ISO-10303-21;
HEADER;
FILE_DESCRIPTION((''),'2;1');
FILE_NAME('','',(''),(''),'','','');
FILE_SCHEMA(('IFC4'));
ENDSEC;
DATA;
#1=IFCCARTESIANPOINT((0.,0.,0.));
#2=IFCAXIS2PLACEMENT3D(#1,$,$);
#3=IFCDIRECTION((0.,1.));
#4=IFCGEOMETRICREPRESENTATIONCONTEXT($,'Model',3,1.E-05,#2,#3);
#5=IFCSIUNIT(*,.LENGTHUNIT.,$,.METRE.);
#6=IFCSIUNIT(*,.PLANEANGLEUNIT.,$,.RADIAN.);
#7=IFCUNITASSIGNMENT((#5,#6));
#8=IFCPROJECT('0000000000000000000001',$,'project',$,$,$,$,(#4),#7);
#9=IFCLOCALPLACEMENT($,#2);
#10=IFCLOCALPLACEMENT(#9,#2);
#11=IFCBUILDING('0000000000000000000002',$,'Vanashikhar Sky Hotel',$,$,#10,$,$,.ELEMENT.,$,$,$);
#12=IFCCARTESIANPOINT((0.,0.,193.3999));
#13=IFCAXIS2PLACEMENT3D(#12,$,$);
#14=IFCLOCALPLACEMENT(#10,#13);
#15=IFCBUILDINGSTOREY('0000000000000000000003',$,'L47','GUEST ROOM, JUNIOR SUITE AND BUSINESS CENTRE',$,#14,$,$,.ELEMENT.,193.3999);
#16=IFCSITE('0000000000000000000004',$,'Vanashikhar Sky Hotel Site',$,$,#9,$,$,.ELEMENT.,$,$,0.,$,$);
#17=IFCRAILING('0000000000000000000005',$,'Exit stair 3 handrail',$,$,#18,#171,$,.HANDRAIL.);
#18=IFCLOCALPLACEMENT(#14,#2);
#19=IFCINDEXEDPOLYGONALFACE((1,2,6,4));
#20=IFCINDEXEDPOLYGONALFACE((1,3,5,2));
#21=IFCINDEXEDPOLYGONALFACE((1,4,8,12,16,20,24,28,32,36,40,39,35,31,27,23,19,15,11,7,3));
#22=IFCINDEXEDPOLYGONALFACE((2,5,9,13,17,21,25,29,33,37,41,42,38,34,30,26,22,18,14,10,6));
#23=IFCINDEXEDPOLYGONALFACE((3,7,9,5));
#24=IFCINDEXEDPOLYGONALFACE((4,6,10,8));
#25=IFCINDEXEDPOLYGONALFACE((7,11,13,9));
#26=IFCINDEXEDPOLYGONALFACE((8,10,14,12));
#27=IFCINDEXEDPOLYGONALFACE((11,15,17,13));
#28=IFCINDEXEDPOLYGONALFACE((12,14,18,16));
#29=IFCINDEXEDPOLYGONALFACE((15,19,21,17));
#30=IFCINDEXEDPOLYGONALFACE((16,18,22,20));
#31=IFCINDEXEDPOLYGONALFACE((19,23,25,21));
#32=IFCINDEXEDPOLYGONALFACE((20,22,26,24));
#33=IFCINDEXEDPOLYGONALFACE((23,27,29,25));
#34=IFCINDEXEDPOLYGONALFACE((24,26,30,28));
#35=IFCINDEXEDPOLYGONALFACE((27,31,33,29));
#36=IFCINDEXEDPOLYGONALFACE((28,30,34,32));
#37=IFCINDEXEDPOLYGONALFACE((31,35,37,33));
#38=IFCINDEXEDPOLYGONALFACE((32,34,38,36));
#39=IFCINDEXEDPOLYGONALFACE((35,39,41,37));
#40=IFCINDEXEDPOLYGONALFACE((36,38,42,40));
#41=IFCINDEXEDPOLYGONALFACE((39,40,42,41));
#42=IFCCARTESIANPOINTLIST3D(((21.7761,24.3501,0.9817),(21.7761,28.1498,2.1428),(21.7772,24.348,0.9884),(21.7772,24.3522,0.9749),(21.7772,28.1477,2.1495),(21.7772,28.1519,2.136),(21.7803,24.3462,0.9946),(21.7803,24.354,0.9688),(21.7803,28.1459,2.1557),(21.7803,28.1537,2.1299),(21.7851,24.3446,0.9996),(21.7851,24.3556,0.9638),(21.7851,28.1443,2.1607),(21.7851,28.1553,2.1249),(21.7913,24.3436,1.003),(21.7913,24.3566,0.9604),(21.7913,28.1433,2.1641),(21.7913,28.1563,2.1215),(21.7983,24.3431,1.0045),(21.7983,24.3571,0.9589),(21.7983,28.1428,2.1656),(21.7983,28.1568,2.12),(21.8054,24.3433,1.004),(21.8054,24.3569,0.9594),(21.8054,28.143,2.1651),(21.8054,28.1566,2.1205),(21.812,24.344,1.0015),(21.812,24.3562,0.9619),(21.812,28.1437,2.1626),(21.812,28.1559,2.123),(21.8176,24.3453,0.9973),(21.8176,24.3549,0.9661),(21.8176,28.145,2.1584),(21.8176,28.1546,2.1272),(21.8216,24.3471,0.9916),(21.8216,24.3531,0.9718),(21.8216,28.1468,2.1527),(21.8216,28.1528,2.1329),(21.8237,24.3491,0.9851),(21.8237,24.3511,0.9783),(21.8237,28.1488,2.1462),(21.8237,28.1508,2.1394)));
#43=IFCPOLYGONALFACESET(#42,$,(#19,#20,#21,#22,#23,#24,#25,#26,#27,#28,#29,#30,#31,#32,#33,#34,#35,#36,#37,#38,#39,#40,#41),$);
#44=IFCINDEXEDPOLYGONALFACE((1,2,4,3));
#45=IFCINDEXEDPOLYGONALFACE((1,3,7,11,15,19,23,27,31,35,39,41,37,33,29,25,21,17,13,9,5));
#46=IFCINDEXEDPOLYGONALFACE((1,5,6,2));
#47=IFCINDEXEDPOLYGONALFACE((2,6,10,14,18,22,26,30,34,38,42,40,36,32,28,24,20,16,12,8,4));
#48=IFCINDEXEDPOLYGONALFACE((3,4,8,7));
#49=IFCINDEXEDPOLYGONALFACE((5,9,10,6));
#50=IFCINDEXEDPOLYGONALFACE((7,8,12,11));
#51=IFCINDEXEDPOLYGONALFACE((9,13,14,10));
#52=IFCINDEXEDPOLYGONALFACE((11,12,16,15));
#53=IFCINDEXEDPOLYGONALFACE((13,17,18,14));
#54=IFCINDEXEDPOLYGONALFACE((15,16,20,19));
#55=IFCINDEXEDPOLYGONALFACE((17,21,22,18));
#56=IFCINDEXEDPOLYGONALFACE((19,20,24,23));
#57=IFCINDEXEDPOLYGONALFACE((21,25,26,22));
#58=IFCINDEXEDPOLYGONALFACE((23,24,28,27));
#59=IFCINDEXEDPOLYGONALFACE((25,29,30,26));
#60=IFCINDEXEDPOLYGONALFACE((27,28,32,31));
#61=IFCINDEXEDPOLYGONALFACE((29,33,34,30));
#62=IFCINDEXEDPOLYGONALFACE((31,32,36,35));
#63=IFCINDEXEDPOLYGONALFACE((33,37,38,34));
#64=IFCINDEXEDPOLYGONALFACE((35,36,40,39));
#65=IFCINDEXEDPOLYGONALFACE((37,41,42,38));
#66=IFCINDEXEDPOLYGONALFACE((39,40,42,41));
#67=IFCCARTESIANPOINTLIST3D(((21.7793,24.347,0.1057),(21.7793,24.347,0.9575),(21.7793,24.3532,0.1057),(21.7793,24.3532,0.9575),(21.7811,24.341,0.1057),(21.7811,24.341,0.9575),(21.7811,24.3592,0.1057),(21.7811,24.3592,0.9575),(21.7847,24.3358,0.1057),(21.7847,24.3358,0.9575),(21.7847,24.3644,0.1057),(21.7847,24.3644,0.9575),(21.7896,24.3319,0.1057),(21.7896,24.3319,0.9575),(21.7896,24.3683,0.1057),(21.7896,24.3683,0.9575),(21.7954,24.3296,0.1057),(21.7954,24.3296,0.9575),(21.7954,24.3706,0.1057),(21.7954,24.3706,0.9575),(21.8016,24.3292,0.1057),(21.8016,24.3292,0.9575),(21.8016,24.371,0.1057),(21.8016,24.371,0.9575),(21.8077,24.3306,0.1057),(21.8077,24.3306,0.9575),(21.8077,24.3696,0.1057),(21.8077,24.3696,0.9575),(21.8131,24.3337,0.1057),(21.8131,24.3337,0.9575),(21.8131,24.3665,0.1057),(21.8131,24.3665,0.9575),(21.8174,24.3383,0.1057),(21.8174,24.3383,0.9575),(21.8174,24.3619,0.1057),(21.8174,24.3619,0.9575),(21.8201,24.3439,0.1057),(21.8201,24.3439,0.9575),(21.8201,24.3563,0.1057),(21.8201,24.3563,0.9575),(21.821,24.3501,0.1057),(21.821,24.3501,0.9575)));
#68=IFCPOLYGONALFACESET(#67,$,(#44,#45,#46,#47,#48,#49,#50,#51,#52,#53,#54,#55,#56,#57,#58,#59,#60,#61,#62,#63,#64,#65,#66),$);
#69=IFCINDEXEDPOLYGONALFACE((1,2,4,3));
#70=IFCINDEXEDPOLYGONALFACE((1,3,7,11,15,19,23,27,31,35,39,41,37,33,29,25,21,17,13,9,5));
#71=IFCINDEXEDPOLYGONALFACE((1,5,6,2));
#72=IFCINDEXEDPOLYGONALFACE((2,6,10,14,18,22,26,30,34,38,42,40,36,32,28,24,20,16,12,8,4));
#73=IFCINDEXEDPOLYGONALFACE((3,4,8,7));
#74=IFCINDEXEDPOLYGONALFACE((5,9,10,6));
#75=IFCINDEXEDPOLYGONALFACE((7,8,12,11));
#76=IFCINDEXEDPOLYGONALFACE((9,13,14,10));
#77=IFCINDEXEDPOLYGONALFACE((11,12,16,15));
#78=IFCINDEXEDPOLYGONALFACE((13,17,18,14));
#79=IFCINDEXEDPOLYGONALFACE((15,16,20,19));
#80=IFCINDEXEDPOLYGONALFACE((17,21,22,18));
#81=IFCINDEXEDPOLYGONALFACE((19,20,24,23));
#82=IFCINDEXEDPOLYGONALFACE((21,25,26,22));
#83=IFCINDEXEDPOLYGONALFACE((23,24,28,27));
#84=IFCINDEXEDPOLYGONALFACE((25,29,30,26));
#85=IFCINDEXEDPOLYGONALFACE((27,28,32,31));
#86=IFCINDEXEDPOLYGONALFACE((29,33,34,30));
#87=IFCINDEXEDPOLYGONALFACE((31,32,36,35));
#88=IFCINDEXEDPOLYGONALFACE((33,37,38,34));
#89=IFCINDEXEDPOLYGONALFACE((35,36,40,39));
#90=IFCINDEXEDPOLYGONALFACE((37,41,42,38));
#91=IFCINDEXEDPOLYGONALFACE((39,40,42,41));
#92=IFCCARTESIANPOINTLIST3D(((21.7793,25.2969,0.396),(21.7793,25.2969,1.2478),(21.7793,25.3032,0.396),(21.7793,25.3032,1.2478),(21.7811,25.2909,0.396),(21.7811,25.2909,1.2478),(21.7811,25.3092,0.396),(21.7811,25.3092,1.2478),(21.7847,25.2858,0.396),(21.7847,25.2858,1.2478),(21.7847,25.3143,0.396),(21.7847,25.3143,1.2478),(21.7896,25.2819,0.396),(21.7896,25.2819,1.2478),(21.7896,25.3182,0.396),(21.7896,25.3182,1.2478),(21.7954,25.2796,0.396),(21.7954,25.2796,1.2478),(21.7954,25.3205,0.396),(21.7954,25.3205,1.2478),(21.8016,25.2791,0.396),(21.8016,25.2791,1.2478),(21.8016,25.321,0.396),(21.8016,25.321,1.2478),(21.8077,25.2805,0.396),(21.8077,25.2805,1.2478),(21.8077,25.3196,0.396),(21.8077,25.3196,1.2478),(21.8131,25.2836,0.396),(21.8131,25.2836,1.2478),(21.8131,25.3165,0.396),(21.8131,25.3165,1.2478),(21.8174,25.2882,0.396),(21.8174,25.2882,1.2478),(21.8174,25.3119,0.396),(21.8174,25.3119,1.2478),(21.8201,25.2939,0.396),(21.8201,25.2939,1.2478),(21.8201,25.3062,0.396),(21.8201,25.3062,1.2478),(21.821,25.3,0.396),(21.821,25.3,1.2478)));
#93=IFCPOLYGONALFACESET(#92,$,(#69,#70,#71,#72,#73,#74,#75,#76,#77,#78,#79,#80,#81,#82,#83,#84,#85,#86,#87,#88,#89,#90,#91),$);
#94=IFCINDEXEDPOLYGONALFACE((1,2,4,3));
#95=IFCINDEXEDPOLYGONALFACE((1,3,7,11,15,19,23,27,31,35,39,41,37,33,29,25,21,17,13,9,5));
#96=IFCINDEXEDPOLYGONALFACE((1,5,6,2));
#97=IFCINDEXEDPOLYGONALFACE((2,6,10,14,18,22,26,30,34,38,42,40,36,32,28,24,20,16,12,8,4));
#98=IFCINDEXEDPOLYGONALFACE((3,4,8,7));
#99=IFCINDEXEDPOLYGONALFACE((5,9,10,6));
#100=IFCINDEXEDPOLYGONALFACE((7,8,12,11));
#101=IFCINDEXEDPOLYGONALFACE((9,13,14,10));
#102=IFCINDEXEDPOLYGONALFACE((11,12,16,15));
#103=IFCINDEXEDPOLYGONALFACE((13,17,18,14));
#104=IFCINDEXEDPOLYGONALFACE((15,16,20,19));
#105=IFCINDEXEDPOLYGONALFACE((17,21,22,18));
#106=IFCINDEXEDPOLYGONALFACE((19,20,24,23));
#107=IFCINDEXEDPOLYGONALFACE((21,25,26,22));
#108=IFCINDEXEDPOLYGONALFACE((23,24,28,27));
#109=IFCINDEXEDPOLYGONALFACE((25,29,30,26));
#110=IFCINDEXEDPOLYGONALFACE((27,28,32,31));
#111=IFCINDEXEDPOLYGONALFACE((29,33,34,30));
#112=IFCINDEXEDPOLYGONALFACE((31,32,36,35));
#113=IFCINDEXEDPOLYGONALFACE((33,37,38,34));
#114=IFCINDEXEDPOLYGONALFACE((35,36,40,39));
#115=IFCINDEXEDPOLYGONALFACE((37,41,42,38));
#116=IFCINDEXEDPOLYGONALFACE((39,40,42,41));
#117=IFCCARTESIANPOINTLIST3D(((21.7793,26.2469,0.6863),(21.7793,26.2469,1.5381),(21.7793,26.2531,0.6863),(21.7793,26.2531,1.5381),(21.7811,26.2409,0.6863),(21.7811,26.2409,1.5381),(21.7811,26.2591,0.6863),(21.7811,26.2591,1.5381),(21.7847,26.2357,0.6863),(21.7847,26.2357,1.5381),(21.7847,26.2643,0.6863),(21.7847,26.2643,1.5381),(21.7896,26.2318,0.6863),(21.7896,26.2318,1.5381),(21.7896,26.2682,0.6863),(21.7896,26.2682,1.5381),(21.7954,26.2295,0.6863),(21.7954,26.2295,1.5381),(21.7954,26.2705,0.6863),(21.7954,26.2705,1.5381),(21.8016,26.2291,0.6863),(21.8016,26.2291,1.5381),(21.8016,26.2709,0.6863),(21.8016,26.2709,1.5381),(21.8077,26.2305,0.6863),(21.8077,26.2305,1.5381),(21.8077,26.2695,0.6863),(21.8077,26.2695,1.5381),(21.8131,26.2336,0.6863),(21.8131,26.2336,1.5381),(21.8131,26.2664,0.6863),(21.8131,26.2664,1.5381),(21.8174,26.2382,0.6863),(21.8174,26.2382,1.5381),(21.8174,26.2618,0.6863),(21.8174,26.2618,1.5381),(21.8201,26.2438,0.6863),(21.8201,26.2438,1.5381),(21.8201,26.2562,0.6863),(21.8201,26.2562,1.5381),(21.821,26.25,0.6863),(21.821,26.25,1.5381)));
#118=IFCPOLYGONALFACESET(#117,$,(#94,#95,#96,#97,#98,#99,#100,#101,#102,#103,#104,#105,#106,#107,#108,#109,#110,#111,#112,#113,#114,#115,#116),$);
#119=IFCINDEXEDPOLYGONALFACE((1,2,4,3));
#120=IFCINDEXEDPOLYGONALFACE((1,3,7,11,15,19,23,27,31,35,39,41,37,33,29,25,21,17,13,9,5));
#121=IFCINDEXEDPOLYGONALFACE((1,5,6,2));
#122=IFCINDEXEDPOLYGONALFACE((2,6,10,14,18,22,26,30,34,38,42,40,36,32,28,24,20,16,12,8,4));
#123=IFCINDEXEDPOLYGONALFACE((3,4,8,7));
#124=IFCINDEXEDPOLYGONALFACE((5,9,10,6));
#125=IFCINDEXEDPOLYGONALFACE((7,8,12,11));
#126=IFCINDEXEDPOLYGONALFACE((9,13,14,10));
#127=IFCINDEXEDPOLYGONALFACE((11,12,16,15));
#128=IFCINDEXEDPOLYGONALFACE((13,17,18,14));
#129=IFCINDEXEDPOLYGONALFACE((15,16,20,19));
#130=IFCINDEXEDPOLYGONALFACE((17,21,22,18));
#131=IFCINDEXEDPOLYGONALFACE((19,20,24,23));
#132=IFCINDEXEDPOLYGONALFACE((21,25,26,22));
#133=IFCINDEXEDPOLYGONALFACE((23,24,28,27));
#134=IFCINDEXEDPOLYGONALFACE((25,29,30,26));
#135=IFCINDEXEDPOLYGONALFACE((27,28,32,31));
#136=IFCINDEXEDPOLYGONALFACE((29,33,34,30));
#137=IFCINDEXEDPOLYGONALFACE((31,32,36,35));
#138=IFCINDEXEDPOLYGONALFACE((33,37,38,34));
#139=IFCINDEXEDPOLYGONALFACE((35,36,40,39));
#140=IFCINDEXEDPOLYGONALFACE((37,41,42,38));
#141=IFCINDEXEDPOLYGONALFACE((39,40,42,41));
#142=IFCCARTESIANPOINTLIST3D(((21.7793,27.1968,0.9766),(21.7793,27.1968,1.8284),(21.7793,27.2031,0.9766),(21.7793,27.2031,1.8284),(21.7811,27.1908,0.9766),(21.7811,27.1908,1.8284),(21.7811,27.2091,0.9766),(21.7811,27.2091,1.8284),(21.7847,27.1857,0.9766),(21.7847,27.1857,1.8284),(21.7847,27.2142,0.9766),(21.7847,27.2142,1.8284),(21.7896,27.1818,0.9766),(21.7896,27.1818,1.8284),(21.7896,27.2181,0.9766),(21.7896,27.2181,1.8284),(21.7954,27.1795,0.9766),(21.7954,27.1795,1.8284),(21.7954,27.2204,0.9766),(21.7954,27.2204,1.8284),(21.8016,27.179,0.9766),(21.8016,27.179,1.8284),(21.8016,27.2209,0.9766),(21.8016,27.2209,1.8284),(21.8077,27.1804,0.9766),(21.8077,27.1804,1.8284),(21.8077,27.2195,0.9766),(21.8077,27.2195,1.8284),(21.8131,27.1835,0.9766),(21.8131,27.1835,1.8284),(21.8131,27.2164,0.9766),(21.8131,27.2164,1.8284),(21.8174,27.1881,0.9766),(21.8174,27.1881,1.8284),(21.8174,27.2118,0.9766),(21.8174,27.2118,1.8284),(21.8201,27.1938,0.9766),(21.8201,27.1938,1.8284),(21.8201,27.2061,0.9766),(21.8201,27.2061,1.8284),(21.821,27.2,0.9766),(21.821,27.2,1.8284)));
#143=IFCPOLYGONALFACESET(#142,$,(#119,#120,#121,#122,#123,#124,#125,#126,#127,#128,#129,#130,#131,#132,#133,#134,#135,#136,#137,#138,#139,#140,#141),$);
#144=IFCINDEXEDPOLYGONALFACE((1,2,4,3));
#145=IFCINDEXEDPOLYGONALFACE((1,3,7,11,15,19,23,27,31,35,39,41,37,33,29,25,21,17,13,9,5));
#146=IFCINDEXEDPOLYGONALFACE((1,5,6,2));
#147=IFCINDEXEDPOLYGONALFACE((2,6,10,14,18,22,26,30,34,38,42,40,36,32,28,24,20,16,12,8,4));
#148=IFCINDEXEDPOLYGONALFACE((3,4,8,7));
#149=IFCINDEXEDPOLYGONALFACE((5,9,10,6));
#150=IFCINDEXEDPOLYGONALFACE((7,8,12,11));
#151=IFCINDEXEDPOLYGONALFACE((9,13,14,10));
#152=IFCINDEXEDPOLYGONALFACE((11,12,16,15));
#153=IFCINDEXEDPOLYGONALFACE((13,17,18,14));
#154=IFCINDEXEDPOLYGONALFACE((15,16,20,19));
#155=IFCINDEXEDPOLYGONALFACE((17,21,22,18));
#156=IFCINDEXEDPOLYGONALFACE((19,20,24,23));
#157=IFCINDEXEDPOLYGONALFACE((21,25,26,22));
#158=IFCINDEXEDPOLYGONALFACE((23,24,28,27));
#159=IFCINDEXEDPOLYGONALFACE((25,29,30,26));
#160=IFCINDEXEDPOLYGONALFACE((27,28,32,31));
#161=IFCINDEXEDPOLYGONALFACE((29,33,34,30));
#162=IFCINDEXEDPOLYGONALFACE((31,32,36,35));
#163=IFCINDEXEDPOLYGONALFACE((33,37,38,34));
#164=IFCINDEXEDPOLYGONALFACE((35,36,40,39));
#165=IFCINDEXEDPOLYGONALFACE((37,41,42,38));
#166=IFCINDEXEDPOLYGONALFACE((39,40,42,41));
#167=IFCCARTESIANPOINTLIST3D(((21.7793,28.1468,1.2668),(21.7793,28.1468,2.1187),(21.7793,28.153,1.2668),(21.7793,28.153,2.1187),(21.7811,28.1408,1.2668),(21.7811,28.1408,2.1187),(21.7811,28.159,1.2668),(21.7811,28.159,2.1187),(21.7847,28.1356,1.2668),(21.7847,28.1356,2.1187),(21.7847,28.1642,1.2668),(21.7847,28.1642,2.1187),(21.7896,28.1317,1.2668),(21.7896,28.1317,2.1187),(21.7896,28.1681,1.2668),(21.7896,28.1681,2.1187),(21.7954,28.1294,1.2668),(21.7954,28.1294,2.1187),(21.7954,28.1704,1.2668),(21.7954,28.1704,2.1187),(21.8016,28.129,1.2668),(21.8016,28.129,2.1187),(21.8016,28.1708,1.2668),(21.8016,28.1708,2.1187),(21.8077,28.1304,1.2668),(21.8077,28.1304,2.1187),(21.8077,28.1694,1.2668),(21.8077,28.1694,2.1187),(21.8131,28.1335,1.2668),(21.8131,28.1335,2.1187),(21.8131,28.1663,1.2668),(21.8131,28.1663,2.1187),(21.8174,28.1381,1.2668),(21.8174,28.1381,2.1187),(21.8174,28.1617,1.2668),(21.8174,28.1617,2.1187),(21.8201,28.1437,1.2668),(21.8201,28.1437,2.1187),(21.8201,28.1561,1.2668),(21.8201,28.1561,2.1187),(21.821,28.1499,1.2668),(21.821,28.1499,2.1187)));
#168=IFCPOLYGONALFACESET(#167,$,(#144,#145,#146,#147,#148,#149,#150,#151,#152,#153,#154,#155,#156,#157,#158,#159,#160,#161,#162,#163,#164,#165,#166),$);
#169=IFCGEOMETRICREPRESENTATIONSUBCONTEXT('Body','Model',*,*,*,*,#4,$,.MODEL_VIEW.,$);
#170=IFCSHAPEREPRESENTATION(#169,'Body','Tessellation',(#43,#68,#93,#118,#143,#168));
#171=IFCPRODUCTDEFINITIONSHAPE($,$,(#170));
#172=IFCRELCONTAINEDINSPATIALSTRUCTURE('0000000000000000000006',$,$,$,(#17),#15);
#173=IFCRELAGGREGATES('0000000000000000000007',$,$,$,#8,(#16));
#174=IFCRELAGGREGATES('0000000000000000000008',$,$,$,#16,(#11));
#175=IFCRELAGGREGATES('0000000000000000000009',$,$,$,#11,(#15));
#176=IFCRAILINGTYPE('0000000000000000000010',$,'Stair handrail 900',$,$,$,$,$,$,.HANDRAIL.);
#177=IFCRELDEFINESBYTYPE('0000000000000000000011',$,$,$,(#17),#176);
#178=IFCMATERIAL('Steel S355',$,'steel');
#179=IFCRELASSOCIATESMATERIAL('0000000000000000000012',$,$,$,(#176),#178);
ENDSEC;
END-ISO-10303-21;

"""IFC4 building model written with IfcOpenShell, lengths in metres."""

from ifc_helpers import new_model, si_unit, direction, frame, origin, origin_2d, place, context, subcontext, project, spatial, circle, extrude, source, transform, mapped, material, type_object, element, save


model = new_model("IFC4")

# Units and contexts
model_context = context("Model", 3, precision=1e-05, world=origin(), true_north=direction((0.0, 1.0)))
body_context = subcontext(model_context, "Body", "Model", "MODEL_VIEW")
ifc_project = project(units=[si_unit("LENGTHUNIT", "METRE"), si_unit("PLANEANGLEUNIT", "RADIAN")], contexts=[model_context])

# Site, building, storey
site_placement = place(None, origin())
site = spatial("IfcSite", under=ifc_project, at=site_placement, Name="Vanashikhar Sky Hotel Site", CompositionType="ELEMENT", RefElevation=0.0)
building_placement = place(site_placement, origin())
building = spatial("IfcBuilding", under=site, at=building_placement, Name="Vanashikhar Sky Hotel", CompositionType="ELEMENT")
storey_placement = place(building_placement, frame((0.0, 0.0, 193.3999)))
storey = spatial("IfcBuildingStorey", under=building, at=storey_placement, Name="L47", Description="GUEST ROOM, JUNIOR SUITE AND BUSINESS CENTRE", CompositionType="ELEMENT", Elevation=193.3999)

# Railing
ifc_material_1 = material(Name="Steel S355", Category="steel")
railing_type = type_object("IfcRailingType", Name="Stair handrail 900", PredefinedType="HANDRAIL", material=ifc_material_1)
shared_shape_1 = source(origin(), body_context, "Body", "SweptSolid", [
    extrude(circle(Radius=0.0239, at=origin_2d()), frame((0.0, 0.0, 0.876), z_axis=(0.0, 0.956346, 0.292237), x_axis=(-1.0, 0.0, 0.0)), (0.0, 0.0, 1.0), 3.9731),
    extrude(circle(Radius=0.021, at=origin_2d()), origin(), (0.0, 0.0, 1.0), 0.8518),
    extrude(circle(Radius=0.021, at=origin_2d()), frame((0.0, 0.95, 0.2903)), (0.0, 0.0, 1.0), 0.8518),
    extrude(circle(Radius=0.021, at=origin_2d()), frame((0.0, 1.8999, 0.5806)), (0.0, 0.0, 1.0), 0.8518),
    extrude(circle(Radius=0.021, at=origin_2d()), frame((0.0, 2.8499, 0.8708)), (0.0, 0.0, 1.0), 0.8518),
    extrude(circle(Radius=0.021, at=origin_2d()), frame((0.0, 3.7998, 1.1611)), (0.0, 0.0, 1.0), 0.8518),
])
for number, where, name in (
    (1, (21.8, 24.3501, 0.1057), "Exit stair 3 handrail"),
):
    element("IfcRailing", number, at=place(storey_placement, frame(where)), inside=storey, type_object=railing_type, Name=name, PredefinedType="HANDRAIL", context=body_context, shape_type="MappedRepresentation", body=[
        mapped(shared_shape_1, transform((0.0, 0.0, 0.0), scale=1.0)),
    ])

save(model, "model.ifc")
